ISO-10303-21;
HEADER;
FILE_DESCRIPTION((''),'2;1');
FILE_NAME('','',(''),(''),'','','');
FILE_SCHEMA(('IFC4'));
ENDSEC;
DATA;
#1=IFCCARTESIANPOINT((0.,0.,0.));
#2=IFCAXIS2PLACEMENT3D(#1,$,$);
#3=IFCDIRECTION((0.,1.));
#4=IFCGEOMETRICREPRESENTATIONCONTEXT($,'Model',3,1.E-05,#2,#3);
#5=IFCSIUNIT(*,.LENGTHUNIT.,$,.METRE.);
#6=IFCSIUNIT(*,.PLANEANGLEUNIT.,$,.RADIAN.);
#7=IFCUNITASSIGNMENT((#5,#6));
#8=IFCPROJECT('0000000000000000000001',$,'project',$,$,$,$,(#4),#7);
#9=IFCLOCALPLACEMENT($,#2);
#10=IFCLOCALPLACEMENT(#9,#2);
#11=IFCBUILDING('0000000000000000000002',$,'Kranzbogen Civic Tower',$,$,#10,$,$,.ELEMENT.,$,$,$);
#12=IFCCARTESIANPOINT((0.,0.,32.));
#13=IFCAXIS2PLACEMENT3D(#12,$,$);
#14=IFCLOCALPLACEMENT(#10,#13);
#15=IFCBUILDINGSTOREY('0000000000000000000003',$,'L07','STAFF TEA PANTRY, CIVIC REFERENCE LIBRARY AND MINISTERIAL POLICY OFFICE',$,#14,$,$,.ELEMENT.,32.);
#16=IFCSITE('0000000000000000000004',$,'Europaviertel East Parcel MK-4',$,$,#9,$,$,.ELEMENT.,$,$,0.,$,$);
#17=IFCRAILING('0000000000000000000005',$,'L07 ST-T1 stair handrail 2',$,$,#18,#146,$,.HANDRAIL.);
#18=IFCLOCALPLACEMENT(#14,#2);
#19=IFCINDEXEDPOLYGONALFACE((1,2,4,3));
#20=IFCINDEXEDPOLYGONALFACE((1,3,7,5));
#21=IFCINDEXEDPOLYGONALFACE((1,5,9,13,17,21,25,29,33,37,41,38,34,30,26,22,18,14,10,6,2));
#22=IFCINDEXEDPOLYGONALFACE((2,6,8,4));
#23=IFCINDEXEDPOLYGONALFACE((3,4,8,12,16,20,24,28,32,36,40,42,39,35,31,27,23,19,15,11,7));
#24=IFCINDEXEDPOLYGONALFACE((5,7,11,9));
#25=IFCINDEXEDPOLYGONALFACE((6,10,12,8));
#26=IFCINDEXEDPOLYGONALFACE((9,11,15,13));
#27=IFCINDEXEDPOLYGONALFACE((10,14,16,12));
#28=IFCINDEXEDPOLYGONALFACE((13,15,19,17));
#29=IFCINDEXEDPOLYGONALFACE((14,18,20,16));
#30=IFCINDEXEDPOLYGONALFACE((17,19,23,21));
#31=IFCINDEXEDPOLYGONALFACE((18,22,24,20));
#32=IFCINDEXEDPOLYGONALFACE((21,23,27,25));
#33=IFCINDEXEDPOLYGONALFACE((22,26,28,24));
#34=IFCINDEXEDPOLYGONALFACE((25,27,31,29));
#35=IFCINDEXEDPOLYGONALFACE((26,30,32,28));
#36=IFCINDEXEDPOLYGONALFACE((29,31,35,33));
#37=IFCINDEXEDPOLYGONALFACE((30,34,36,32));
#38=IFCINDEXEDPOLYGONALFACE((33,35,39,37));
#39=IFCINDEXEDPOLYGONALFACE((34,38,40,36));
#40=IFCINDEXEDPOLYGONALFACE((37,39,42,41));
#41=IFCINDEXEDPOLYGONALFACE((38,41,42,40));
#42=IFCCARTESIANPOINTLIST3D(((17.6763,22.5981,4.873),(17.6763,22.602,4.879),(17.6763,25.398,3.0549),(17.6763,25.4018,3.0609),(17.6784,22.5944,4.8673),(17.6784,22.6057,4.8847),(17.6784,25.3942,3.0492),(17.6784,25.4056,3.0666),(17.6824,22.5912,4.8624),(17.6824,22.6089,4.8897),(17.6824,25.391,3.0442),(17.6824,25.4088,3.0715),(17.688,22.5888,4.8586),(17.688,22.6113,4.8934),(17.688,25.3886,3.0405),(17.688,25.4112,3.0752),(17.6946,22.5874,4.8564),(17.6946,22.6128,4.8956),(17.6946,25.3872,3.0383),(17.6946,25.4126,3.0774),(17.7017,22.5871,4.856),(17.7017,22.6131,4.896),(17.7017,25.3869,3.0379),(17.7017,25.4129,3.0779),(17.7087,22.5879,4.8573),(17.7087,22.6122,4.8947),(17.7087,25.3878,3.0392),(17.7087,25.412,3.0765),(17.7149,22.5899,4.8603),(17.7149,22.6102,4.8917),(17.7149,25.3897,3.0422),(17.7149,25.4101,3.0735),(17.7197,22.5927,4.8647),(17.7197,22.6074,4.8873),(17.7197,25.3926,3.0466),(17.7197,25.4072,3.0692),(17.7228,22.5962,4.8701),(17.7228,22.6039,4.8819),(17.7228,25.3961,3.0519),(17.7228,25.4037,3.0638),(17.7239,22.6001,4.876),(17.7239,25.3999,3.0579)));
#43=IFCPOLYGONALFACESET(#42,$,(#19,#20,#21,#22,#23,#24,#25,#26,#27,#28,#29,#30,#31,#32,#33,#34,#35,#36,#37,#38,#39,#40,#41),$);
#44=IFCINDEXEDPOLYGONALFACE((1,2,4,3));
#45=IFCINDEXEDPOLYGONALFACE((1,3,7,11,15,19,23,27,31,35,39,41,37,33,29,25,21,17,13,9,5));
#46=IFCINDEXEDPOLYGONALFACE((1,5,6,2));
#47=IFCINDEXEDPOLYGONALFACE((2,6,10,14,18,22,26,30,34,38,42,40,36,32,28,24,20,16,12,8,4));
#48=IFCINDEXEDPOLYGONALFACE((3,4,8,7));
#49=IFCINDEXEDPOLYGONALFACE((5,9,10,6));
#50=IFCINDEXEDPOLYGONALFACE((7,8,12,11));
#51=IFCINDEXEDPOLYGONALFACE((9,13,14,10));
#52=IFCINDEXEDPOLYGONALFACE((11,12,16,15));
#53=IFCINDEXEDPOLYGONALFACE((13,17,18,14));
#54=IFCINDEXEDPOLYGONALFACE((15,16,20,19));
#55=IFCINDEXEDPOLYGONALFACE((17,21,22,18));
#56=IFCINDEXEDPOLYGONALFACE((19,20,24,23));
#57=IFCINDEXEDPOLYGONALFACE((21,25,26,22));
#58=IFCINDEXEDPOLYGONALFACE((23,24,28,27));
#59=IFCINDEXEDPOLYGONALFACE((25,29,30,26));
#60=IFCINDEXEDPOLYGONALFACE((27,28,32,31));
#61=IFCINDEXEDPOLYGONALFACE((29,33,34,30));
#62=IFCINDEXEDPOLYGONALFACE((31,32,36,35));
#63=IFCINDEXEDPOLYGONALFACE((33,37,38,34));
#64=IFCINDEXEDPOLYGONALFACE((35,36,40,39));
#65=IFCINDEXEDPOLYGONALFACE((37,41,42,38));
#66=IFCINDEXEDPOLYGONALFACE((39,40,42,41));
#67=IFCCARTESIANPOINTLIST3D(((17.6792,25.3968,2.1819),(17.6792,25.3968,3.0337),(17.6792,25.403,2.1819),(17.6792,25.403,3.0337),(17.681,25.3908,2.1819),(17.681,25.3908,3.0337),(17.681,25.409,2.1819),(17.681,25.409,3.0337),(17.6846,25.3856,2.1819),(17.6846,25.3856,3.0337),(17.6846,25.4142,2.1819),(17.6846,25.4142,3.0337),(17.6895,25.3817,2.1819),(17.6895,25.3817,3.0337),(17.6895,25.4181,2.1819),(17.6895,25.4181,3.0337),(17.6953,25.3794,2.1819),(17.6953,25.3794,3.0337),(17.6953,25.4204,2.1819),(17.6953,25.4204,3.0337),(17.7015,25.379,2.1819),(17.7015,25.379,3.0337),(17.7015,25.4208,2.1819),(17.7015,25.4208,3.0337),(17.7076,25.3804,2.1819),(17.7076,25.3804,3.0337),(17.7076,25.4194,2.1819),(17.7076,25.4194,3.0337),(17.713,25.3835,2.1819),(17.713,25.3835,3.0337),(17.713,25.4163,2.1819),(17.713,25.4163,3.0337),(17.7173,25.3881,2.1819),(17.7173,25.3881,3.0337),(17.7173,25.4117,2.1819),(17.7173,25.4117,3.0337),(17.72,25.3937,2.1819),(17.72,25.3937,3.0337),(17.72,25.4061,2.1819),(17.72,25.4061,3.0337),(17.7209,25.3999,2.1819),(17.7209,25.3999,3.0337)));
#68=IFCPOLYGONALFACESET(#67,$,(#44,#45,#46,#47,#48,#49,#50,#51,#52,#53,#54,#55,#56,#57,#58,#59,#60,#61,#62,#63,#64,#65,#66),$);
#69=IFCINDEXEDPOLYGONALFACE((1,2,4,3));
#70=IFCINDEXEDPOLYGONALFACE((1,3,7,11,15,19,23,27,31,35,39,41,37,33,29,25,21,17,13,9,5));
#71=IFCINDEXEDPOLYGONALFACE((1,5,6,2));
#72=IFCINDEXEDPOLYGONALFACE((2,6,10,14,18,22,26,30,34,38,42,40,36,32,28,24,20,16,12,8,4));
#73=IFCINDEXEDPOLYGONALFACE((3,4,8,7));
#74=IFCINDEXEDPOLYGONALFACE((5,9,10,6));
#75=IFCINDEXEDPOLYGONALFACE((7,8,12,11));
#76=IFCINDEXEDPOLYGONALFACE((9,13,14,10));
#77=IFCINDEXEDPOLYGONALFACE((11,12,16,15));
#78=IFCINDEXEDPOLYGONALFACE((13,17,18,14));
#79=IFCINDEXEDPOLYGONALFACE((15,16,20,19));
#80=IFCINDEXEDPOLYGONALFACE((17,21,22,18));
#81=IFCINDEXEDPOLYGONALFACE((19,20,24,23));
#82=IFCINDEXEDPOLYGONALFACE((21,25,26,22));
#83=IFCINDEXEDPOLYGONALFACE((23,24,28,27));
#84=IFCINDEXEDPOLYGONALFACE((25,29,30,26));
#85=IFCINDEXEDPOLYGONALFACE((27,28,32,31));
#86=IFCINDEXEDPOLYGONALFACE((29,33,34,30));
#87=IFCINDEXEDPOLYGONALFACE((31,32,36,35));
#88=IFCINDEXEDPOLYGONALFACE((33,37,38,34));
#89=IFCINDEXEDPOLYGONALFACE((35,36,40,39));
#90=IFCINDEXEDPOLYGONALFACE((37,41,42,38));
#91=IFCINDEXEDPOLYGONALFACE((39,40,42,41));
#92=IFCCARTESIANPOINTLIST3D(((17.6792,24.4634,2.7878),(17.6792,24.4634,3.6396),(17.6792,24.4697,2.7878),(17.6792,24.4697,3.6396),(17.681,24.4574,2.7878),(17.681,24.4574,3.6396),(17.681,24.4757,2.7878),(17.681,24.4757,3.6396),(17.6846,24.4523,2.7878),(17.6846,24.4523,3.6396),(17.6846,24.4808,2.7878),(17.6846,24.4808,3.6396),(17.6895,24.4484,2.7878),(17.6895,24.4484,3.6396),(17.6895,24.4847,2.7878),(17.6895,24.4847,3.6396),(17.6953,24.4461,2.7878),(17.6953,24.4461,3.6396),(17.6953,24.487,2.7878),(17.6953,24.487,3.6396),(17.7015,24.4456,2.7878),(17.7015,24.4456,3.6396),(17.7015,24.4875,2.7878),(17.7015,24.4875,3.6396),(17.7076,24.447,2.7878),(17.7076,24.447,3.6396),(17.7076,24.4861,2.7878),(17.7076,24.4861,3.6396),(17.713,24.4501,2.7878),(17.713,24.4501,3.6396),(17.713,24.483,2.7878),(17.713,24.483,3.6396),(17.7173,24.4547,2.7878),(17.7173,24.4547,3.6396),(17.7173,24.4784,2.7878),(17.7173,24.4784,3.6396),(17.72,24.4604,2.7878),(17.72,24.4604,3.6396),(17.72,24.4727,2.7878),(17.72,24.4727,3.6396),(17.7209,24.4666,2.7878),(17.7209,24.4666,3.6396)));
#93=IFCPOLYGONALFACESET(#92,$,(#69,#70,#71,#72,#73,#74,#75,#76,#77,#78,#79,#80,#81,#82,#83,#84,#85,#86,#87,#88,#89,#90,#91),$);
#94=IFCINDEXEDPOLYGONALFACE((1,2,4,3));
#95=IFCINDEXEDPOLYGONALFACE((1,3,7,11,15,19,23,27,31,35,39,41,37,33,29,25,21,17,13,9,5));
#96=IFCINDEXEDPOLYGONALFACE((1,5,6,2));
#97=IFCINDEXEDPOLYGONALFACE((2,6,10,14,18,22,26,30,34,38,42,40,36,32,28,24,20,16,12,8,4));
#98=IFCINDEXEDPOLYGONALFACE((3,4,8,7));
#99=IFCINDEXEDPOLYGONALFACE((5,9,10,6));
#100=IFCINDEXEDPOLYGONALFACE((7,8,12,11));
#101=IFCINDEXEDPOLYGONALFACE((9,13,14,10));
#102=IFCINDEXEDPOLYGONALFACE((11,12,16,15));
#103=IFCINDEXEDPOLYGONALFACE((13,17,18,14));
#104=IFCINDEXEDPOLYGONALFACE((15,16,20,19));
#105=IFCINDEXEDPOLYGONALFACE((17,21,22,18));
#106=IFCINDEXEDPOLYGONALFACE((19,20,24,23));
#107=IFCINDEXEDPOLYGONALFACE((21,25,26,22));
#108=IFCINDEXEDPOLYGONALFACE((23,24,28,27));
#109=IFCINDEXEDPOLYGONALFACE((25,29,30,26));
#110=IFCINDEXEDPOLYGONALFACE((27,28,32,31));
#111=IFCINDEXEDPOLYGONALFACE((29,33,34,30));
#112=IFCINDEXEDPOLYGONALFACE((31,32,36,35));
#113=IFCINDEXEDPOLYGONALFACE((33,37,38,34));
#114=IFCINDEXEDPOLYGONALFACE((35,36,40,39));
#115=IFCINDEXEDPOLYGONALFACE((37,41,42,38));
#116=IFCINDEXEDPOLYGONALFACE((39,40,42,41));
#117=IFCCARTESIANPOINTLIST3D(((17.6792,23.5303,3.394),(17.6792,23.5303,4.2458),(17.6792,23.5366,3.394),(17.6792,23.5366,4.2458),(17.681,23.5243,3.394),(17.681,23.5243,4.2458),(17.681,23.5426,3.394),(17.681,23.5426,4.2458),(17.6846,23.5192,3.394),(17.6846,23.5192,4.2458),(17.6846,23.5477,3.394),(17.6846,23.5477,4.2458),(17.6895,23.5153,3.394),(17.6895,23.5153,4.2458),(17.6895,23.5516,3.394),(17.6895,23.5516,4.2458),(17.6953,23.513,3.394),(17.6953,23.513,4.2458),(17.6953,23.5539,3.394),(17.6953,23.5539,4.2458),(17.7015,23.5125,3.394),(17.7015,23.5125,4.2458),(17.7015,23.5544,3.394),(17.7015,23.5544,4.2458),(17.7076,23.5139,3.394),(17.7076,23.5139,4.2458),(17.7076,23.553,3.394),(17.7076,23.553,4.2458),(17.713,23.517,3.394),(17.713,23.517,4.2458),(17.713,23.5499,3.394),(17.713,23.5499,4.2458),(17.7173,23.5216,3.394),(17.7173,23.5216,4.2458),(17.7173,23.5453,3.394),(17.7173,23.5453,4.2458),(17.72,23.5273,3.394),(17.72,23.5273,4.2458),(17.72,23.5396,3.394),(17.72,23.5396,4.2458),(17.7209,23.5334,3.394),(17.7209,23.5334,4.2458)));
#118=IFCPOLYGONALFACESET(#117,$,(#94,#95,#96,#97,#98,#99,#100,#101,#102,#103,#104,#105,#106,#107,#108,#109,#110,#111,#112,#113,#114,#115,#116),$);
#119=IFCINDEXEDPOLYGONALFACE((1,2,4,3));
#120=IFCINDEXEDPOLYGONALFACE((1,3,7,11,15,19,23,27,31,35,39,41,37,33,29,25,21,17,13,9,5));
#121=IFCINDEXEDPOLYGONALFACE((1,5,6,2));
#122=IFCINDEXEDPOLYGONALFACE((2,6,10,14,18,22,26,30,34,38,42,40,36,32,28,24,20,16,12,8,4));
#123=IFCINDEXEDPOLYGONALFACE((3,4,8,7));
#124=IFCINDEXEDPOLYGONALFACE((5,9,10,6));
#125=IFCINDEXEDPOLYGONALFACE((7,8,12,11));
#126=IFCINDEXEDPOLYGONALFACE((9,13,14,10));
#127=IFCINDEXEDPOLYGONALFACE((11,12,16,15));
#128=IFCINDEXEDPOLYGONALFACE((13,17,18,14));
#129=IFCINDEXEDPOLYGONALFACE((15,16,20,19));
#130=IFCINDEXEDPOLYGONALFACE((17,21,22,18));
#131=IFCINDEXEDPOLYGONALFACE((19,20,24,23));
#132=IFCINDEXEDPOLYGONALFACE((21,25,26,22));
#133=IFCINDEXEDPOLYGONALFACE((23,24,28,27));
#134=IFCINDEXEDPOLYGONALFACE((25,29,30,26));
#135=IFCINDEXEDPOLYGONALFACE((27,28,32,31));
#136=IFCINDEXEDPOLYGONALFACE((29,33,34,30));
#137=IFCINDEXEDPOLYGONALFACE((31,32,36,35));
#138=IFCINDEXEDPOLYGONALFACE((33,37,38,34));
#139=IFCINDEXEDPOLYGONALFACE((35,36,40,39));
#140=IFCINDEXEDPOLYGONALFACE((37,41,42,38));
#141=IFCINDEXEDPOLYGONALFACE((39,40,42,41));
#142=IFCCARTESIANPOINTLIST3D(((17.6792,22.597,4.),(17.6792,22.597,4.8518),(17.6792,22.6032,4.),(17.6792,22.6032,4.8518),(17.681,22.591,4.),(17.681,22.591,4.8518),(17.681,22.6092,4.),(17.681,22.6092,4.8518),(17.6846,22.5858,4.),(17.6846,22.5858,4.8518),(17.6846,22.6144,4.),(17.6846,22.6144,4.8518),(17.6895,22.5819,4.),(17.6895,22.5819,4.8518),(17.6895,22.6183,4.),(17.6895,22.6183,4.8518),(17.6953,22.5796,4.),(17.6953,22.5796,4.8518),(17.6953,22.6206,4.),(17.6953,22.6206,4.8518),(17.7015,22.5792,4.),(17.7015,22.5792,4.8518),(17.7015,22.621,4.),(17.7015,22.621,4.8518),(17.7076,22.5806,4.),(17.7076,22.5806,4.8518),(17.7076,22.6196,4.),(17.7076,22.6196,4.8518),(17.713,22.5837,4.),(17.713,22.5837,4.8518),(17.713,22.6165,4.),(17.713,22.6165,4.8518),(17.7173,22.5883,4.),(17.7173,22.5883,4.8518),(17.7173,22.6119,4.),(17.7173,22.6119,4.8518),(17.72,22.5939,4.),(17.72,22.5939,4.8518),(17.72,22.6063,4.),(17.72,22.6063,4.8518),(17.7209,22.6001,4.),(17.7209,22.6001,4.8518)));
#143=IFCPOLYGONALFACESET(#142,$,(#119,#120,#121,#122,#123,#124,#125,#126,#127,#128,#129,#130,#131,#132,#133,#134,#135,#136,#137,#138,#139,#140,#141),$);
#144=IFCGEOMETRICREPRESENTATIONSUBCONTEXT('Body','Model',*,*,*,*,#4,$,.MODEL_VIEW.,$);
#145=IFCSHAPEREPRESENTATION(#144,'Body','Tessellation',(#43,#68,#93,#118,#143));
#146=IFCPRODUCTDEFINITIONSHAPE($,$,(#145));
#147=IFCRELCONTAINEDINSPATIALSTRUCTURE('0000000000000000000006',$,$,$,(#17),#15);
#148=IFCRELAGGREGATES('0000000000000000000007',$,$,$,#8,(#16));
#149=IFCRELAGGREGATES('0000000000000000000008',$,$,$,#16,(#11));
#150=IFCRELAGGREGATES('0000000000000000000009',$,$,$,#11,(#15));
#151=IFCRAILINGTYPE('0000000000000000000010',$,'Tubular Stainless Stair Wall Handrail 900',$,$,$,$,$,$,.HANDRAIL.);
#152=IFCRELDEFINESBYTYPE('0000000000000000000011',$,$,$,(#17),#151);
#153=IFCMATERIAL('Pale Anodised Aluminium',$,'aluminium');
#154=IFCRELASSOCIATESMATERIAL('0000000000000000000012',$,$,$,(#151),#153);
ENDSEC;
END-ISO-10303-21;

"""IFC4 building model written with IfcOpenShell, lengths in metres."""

from ifc_helpers import new_model, si_unit, direction, frame, origin, origin_2d, place, context, subcontext, project, spatial, circle, extrude, material, type_object, element, save


model = new_model("IFC4")

# Units and contexts
model_context = context("Model", 3, precision=1e-05, world=origin(), true_north=direction((0.0, 1.0)))
body_context = subcontext(model_context, "Body", "Model", "MODEL_VIEW")
ifc_project = project(units=[si_unit("LENGTHUNIT", "METRE"), si_unit("PLANEANGLEUNIT", "RADIAN")], contexts=[model_context])

# Site, building, storey
site_placement = place(None, origin())
site = spatial("IfcSite", under=ifc_project, at=site_placement, Name="Europaviertel East Parcel MK-4", CompositionType="ELEMENT", RefElevation=0.0)
building_placement = place(site_placement, origin())
building = spatial("IfcBuilding", under=site, at=building_placement, Name="Kranzbogen Civic Tower", CompositionType="ELEMENT")
storey_placement = place(building_placement, frame((0.0, 0.0, 32.0)))
storey = spatial("IfcBuildingStorey", under=building, at=storey_placement, Name="L07", Description="STAFF TEA PANTRY, CIVIC REFERENCE LIBRARY AND MINISTERIAL POLICY OFFICE", CompositionType="ELEMENT", Elevation=32.0)

# Railing
ifc_material_1 = material(Name="Pale Anodised Aluminium", Category="aluminium")
railing_type_1 = type_object("IfcRailingType", Name="Tubular Stainless Stair Wall Handrail 900", PredefinedType="HANDRAIL", material=ifc_material_1)
railing_1_placement = place(storey_placement, frame((17.7, 25.3999, 2.1819)))
element("IfcRailing", 1, at=railing_1_placement, inside=storey, type_object=railing_type_1, Name="L07 ST-T1 stair handrail 2", PredefinedType="HANDRAIL", context=body_context, shape_type="SweptSolid", body=[
    extrude(circle(Radius=0.0239, at=origin_2d()), frame((0.0, 0.0, 0.876), z_axis=(0.0, -0.838684, 0.544618), x_axis=(1.0, 0.0, 0.0)), (0.0, 0.0, 1.0), 3.3384),
    extrude(circle(Radius=0.021, at=origin_2d()), origin(), (0.0, 0.0, 1.0), 0.8518),
    extrude(circle(Radius=0.021, at=origin_2d()), frame((0.0, -0.9333, 0.606)), (0.0, 0.0, 1.0), 0.8518),
    extrude(circle(Radius=0.021, at=origin_2d()), frame((0.0, -1.8665, 1.2122)), (0.0, 0.0, 1.0), 0.8518),
    extrude(circle(Radius=0.021, at=origin_2d()), frame((0.0, -2.7998, 1.8181)), (0.0, 0.0, 1.0), 0.8518),
])

save(model, "model.ifc")
